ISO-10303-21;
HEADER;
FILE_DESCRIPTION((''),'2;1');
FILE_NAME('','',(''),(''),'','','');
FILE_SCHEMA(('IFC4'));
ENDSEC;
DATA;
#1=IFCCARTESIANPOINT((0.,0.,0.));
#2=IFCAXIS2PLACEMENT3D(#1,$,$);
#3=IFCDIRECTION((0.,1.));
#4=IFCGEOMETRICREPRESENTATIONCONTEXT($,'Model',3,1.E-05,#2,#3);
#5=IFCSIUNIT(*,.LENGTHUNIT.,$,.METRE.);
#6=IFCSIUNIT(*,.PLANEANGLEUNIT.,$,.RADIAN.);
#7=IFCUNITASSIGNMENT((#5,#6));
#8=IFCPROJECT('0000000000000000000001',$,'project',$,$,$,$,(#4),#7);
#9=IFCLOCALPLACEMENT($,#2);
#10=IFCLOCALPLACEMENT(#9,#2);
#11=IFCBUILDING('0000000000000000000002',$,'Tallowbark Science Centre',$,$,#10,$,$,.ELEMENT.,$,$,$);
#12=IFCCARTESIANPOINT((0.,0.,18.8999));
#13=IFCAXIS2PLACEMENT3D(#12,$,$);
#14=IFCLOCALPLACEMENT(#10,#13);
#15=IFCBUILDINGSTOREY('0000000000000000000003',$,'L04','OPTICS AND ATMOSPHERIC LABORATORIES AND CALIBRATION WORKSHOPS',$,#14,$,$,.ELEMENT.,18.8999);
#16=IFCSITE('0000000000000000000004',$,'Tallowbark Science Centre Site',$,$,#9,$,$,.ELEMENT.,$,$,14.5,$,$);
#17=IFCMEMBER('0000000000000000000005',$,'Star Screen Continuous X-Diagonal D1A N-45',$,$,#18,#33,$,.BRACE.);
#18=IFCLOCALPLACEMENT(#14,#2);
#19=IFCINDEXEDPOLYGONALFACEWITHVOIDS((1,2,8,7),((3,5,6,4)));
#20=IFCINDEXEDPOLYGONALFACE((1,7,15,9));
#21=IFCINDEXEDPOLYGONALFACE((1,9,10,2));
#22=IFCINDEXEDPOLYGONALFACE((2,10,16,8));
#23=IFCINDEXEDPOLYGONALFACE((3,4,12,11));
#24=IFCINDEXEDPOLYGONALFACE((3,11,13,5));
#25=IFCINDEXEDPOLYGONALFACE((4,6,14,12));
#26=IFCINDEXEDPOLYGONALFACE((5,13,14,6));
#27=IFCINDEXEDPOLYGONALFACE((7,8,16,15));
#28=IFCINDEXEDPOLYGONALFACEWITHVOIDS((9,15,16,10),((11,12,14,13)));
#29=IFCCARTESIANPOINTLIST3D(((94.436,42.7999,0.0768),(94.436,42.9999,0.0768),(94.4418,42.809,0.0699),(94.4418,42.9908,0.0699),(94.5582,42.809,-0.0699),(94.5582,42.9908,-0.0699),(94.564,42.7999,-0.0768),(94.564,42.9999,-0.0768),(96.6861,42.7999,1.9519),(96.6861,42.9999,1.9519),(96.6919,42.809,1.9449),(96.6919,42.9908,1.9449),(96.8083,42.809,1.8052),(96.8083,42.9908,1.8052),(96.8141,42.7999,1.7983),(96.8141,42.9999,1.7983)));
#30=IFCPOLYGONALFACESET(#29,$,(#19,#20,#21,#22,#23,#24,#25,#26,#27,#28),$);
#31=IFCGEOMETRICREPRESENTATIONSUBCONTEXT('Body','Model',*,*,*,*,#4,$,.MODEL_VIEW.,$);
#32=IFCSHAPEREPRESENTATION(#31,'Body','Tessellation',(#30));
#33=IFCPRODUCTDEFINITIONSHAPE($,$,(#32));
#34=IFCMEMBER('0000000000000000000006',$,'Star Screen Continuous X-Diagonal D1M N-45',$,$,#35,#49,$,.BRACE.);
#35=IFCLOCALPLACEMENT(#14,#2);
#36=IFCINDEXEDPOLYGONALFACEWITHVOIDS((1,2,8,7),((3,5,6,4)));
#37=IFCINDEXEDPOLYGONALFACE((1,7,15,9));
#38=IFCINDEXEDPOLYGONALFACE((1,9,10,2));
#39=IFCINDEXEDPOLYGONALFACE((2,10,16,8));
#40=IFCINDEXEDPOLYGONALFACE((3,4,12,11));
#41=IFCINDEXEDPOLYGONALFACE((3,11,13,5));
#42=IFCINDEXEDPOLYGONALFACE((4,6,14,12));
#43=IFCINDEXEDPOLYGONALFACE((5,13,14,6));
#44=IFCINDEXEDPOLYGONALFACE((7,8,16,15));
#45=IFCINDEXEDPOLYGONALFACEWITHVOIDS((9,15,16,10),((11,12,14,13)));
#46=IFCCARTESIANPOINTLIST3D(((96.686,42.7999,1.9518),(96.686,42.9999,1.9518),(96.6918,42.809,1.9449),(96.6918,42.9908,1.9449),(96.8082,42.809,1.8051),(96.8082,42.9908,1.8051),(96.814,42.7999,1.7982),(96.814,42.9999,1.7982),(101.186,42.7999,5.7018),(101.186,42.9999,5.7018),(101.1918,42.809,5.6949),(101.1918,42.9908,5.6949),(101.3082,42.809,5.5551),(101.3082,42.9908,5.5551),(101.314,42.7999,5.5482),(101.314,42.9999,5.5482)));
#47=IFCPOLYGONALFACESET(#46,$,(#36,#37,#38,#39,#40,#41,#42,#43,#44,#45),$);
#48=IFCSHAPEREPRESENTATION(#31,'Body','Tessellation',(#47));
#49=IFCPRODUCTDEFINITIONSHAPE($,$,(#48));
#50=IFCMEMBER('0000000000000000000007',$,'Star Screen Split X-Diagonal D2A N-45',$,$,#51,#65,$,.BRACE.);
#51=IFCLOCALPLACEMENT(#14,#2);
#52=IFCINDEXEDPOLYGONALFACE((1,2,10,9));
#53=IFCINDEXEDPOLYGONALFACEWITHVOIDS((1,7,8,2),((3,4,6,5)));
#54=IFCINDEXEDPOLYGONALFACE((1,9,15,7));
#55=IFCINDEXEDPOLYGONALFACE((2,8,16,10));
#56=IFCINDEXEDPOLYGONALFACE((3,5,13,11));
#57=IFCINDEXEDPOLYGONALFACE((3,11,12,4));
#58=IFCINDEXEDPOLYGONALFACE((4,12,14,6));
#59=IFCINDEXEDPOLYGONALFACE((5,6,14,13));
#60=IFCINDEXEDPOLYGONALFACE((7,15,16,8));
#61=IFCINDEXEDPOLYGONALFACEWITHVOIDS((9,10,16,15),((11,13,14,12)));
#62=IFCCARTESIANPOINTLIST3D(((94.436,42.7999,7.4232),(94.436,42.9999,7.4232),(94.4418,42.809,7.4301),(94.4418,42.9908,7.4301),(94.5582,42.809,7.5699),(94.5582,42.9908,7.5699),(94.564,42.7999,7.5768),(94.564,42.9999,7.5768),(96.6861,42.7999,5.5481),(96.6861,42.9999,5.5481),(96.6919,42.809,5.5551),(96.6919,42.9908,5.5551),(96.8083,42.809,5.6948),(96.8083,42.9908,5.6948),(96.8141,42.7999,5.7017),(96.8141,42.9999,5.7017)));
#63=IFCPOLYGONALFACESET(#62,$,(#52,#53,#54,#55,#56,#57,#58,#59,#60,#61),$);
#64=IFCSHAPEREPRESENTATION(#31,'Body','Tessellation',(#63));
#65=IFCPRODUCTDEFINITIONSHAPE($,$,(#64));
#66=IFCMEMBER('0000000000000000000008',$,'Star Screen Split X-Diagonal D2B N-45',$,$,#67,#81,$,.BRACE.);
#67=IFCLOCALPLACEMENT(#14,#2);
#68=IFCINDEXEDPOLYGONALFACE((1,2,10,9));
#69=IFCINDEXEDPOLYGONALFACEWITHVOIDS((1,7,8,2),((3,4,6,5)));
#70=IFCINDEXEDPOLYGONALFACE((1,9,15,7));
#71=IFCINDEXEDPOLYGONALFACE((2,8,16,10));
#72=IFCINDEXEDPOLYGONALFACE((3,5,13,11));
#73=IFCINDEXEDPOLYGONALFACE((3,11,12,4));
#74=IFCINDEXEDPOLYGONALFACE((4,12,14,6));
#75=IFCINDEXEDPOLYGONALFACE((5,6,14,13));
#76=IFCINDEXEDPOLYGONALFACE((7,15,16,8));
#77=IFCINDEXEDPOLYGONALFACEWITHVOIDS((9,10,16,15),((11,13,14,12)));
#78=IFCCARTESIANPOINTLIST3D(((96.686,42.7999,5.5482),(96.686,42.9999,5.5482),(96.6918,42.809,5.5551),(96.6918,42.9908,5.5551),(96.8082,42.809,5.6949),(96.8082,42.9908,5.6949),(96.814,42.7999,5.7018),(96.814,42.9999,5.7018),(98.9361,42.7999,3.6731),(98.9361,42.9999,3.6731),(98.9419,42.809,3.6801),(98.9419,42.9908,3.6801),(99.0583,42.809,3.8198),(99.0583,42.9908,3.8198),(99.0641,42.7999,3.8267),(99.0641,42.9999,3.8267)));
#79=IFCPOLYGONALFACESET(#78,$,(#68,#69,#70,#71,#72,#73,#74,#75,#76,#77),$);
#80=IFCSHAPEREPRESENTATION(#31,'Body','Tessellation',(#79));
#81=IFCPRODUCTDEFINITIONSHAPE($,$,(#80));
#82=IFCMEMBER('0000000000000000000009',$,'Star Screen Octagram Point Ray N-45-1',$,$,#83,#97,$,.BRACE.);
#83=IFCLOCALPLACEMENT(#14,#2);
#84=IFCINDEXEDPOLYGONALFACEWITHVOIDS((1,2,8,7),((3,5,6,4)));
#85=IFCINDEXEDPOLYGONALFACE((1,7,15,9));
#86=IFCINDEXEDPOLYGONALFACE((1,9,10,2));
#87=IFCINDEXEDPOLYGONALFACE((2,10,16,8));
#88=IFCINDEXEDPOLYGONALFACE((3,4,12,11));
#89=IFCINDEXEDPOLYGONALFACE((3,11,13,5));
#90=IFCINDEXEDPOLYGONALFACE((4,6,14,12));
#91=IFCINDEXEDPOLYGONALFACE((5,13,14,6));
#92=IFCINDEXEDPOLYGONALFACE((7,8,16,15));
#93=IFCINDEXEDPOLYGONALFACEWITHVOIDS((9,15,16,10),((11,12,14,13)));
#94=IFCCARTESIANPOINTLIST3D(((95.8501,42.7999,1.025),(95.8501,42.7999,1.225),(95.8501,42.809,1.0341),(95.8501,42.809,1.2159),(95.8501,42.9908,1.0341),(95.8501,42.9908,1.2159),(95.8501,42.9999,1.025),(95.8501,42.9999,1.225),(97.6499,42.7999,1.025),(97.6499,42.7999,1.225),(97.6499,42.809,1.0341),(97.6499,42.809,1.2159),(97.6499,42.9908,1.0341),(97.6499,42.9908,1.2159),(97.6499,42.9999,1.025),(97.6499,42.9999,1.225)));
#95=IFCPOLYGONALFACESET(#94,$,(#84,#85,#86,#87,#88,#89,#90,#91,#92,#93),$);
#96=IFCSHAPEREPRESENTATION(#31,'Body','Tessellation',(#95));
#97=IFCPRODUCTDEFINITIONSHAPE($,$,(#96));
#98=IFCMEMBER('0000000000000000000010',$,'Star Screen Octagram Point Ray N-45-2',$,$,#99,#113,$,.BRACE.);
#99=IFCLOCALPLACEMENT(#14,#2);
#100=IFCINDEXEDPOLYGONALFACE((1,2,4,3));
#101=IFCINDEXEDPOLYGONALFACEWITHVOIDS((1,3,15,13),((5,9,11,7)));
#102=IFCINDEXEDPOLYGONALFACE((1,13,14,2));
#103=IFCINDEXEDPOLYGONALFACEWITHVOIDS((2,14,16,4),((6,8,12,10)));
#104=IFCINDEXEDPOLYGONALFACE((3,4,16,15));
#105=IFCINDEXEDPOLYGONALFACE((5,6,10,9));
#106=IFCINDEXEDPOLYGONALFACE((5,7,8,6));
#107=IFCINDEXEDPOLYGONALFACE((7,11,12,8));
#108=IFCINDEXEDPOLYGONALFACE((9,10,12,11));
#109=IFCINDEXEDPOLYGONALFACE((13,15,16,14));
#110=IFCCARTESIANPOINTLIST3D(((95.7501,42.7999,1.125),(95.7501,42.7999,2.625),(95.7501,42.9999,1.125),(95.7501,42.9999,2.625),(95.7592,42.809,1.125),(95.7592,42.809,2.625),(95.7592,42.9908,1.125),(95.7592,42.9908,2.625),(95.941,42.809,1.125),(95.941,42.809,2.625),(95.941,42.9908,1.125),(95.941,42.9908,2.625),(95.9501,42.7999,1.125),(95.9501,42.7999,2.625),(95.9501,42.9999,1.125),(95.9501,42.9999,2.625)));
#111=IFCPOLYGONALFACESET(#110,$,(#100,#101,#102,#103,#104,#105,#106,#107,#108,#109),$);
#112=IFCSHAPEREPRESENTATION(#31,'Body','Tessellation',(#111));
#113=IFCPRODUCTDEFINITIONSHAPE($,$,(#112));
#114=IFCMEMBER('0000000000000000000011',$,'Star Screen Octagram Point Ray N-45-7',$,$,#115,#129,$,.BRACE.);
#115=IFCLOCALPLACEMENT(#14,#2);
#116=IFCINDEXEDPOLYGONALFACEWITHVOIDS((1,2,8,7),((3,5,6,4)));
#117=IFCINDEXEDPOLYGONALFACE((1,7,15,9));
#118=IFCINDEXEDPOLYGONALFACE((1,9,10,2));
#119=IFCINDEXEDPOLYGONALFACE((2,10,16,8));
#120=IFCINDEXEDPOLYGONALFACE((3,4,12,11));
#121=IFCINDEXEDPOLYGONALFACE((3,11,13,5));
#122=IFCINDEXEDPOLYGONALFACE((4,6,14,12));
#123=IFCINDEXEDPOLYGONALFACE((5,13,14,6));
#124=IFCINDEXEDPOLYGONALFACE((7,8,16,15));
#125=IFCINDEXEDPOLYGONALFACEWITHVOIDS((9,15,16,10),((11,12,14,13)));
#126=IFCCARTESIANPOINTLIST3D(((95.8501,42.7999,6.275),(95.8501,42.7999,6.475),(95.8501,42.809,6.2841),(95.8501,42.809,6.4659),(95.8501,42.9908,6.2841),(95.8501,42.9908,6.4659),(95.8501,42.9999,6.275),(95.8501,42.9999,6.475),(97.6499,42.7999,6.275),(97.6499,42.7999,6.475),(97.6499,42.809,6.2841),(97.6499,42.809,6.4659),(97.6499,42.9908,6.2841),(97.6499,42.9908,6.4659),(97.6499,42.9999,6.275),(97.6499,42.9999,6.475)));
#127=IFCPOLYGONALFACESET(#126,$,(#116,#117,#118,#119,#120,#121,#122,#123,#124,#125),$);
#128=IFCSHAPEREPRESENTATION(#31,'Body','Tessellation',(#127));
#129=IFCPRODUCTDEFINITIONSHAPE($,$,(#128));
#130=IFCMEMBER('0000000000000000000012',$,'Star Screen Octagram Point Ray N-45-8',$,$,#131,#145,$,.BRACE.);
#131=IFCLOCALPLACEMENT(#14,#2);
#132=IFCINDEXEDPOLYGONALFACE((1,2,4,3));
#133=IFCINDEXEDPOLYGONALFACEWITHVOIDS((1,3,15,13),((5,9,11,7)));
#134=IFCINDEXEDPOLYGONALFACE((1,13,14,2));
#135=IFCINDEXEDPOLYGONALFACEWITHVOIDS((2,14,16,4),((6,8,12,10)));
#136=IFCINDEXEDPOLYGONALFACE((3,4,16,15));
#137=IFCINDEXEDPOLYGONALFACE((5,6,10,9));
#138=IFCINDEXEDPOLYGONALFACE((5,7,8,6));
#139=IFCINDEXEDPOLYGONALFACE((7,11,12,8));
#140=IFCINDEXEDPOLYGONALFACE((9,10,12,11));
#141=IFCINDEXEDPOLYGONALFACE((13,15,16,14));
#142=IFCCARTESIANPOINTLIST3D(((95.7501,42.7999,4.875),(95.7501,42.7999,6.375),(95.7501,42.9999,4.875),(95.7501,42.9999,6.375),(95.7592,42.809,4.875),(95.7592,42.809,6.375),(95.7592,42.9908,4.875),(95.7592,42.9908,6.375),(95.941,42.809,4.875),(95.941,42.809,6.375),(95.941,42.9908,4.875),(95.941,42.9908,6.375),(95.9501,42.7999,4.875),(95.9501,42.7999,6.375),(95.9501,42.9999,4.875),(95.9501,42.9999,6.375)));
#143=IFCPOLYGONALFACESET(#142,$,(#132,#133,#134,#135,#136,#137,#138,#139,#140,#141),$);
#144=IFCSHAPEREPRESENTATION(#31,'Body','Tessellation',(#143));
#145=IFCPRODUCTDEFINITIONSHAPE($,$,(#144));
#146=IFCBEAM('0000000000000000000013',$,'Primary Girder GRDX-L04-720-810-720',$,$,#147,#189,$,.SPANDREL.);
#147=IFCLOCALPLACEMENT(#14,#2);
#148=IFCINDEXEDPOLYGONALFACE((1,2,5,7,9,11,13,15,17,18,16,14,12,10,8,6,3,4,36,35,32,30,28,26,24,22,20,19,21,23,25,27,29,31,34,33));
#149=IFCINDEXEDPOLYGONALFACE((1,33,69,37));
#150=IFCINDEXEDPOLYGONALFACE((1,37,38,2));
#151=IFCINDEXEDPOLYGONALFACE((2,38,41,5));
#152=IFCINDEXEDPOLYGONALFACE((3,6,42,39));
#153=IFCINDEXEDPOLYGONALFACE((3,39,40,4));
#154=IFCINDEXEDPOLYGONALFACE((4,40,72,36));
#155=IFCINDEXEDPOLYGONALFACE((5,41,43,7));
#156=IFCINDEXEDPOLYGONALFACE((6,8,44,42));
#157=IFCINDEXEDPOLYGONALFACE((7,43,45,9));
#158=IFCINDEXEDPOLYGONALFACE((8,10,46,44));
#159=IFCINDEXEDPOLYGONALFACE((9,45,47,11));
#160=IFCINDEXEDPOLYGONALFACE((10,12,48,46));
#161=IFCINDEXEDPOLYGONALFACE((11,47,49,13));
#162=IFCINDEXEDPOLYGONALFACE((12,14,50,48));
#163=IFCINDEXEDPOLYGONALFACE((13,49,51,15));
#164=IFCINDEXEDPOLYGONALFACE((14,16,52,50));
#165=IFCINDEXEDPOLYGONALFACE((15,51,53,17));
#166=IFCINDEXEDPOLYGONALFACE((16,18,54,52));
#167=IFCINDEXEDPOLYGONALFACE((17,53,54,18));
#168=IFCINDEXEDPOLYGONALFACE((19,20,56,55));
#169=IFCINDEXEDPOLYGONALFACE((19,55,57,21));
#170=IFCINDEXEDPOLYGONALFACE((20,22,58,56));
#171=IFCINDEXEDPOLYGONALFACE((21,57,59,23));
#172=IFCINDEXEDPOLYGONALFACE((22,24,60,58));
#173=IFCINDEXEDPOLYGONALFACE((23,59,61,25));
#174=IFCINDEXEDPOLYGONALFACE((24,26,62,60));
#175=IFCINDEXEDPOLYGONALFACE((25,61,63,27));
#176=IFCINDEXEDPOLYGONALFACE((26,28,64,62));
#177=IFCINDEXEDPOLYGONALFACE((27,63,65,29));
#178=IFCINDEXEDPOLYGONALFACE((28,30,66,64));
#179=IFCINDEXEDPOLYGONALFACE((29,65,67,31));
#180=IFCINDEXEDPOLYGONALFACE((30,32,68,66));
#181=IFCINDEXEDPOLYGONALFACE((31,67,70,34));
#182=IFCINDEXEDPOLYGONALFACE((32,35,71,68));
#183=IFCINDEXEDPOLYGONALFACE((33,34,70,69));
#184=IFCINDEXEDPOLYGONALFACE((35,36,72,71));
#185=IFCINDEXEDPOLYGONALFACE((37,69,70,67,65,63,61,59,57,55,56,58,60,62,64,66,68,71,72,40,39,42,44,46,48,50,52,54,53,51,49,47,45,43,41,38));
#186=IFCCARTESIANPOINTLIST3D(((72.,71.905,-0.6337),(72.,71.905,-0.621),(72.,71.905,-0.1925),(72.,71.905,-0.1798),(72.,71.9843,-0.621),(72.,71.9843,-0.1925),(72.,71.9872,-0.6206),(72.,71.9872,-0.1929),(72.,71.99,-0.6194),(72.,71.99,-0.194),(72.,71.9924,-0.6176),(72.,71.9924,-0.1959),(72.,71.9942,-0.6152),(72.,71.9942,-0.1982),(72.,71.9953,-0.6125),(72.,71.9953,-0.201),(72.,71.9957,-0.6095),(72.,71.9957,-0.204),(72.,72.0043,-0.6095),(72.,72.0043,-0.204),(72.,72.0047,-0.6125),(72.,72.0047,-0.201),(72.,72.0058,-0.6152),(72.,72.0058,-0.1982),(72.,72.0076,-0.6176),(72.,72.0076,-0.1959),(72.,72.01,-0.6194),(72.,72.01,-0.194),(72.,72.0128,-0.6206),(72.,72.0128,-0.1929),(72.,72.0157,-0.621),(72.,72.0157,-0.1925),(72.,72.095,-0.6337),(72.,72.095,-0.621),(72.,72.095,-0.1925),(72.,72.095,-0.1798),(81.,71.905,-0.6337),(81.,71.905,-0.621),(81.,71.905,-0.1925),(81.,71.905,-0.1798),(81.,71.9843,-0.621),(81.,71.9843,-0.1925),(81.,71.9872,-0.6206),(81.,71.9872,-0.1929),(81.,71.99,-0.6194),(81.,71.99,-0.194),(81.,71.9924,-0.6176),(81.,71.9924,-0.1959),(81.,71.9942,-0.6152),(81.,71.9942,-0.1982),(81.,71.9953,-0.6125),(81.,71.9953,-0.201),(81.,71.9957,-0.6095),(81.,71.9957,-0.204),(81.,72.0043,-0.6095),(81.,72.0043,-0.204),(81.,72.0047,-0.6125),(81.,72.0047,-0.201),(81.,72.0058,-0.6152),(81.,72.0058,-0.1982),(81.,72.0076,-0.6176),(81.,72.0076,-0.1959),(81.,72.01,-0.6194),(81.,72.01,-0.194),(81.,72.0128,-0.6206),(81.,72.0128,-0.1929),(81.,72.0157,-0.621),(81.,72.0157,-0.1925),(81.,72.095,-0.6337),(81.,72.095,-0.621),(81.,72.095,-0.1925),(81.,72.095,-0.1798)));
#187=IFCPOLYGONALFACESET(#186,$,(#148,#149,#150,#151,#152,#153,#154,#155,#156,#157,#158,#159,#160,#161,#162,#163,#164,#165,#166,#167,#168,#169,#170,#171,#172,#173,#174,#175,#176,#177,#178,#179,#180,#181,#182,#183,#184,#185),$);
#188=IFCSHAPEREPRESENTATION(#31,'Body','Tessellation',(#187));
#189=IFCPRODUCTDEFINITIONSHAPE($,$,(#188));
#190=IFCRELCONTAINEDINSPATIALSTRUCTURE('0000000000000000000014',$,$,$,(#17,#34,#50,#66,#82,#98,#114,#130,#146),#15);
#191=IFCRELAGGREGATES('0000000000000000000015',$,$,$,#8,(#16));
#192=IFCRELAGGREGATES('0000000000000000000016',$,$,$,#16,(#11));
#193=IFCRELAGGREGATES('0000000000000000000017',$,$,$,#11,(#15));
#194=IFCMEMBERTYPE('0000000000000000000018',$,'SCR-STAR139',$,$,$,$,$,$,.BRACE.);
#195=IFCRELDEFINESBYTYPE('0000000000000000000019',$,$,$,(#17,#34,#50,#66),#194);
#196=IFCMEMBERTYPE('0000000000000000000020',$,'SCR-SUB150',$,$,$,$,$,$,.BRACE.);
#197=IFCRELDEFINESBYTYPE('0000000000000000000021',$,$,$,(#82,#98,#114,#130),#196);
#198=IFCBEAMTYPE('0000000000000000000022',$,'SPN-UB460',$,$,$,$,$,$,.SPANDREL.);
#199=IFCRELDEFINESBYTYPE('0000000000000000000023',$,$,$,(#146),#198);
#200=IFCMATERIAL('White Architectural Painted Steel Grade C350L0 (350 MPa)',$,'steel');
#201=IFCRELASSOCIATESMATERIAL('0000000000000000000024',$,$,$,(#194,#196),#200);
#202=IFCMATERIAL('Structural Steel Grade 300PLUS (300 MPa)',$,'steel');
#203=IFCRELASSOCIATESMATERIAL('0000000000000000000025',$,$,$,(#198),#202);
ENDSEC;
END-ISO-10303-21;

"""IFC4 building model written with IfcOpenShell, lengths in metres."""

from ifc_helpers import new_model, si_unit, direction, frame, origin, origin_2d, place, context, subcontext, project, spatial, hollow_rectangle, i_section, extrude, material, material_profile, profile_set, type_object, element, save


model = new_model("IFC4")

# Units and contexts
model_context = context("Model", 3, precision=1e-05, world=origin(), true_north=direction((0.0, 1.0)))
body_context = subcontext(model_context, "Body", "Model", "MODEL_VIEW")
ifc_project = project(units=[si_unit("LENGTHUNIT", "METRE"), si_unit("PLANEANGLEUNIT", "RADIAN")], contexts=[model_context])

# Site, building, storey
site_placement = place(None, origin())
site = spatial("IfcSite", under=ifc_project, at=site_placement, Name="Tallowbark Science Centre Site", CompositionType="ELEMENT", RefElevation=14.5)
building_placement = place(site_placement, origin())
building = spatial("IfcBuilding", under=site, at=building_placement, Name="Tallowbark Science Centre", CompositionType="ELEMENT")
storey_placement = place(building_placement, frame((0.0, 0.0, 18.8999)))
storey = spatial("IfcBuildingStorey", under=building, at=storey_placement, Name="L04", Description="OPTICS AND ATMOSPHERIC LABORATORIES AND CALIBRATION WORKSHOPS", CompositionType="ELEMENT", Elevation=18.8999)

# Shared definitions
ifc_material_1 = material(Name="White Architectural Painted Steel Grade C350L0 (350 MPa)", Category="steel")

# Shared definitions
ifc_material_2 = material(Name="Structural Steel Grade 300PLUS (300 MPa)", Category="steel")

# Members
ifc_material_profile_1 = material_profile(ifc_material_1, hollow_rectangle(XDim=0.2, YDim=0.2, WallThickness=0.009, at=origin_2d()), Name="200x200x9.0SHS")
ifc_profile_set_1 = profile_set([ifc_material_profile_1], Name="White Architectural Painted Steel Grade C350L0 (350 MPa)")
member_type_1 = type_object("IfcMemberType", Name="SCR-STAR139", PredefinedType="BRACE", material=ifc_profile_set_1)
member_1_placement = place(storey_placement, frame((94.5, 42.8999, 0.0), z_axis=(0.768221, 0.0, 0.640184), x_axis=(0.0, 1.0, 0.0)))
element("IfcMember", 1, at=member_1_placement, inside=storey, type_object=member_type_1, Name="Star Screen Continuous X-Diagonal D1A N-45", PredefinedType="BRACE", context=body_context, shape_type="SweptSolid", body=[
    extrude(hollow_rectangle(XDim=0.2, YDim=0.2, WallThickness=0.009, at=origin_2d()), origin(), (0.0, 0.0, 1.0), 2.929),
])
member_2_placement = place(storey_placement, frame((96.75, 42.8999, 1.875), z_axis=(0.768221, 0.0, 0.640184), x_axis=(0.0, 1.0, 0.0)))
element("IfcMember", 2, at=member_2_placement, inside=storey, type_object=member_type_1, Name="Star Screen Continuous X-Diagonal D1M N-45", PredefinedType="BRACE", context=body_context, shape_type="SweptSolid", body=[
    extrude(hollow_rectangle(XDim=0.2, YDim=0.2, WallThickness=0.009, at=origin_2d()), origin(), (0.0, 0.0, 1.0), 5.8577),
])
for number, where, z_axis, x_axis, name in (
    (3, (94.5, 42.8999, 7.5), (0.768221, 0.0, -0.640184), (0.0, 1.0, 0.0), "Star Screen Split X-Diagonal D2A N-45"),
    (4, (96.75, 42.8999, 5.625), (0.768221, 0.0, -0.640184), (0.0, 1.0, 0.0), "Star Screen Split X-Diagonal D2B N-45"),
):
    element("IfcMember", number, at=place(storey_placement, frame(where, z_axis=z_axis, x_axis=x_axis)), inside=storey, type_object=member_type_1, Name=name, PredefinedType="BRACE", context=body_context, shape_type="SweptSolid", body=[
        extrude(hollow_rectangle(XDim=0.2, YDim=0.2, WallThickness=0.009, at=origin_2d()), origin(), (0.0, 0.0, 1.0), 2.929),
    ])
ifc_material_profile_2 = material_profile(ifc_material_1, hollow_rectangle(XDim=0.2, YDim=0.2, WallThickness=0.009, at=origin_2d()), Name="200x200x9.0SHS")
ifc_profile_set_2 = profile_set([ifc_material_profile_2], Name="White Architectural Painted Steel Grade C350L0 (350 MPa)")
member_type_2 = type_object("IfcMemberType", Name="SCR-SUB150", PredefinedType="BRACE", material=ifc_profile_set_2)
member_3_placement = place(storey_placement, frame((95.8501, 42.8999, 1.125), z_axis=(1.0, 0.0, 0.0), x_axis=(0.0, 1.0, 0.0)))
element("IfcMember", 5, at=member_3_placement, inside=storey, type_object=member_type_2, Name="Star Screen Octagram Point Ray N-45-1", PredefinedType="BRACE", context=body_context, shape_type="SweptSolid", body=[
    extrude(hollow_rectangle(XDim=0.2, YDim=0.2, WallThickness=0.009, at=origin_2d()), origin(), (0.0, 0.0, 1.0), 1.7998),
])
member_4_placement = place(storey_placement, frame((95.8501, 42.8999, 1.125), z_axis=(0.0, 0.0, 1.0), x_axis=(1.0, 0.0, 0.0)))
element("IfcMember", 6, at=member_4_placement, inside=storey, type_object=member_type_2, Name="Star Screen Octagram Point Ray N-45-2", PredefinedType="BRACE", context=body_context, shape_type="SweptSolid", body=[
    extrude(hollow_rectangle(XDim=0.2, YDim=0.2, WallThickness=0.009, at=origin_2d()), origin(), (0.0, 0.0, 1.0), 1.5),
])
member_5_placement = place(storey_placement, frame((95.8501, 42.8999, 6.375), z_axis=(1.0, 0.0, 0.0), x_axis=(0.0, 1.0, 0.0)))
element("IfcMember", 7, at=member_5_placement, inside=storey, type_object=member_type_2, Name="Star Screen Octagram Point Ray N-45-7", PredefinedType="BRACE", context=body_context, shape_type="SweptSolid", body=[
    extrude(hollow_rectangle(XDim=0.2, YDim=0.2, WallThickness=0.009, at=origin_2d()), origin(), (0.0, 0.0, 1.0), 1.7998),
])
member_6_placement = place(storey_placement, frame((95.8501, 42.8999, 6.375), z_axis=(0.0, 0.0, -1.0), x_axis=(1.0, 0.0, 0.0)))
element("IfcMember", 8, at=member_6_placement, inside=storey, type_object=member_type_2, Name="Star Screen Octagram Point Ray N-45-8", PredefinedType="BRACE", context=body_context, shape_type="SweptSolid", body=[
    extrude(hollow_rectangle(XDim=0.2, YDim=0.2, WallThickness=0.009, at=origin_2d()), origin(), (0.0, 0.0, 1.0), 1.5),
])

# Beam
ifc_material_profile_3 = material_profile(ifc_material_2, i_section(OverallWidth=0.1899, OverallDepth=0.4539, WebThickness=0.0085, FlangeThickness=0.0127, FilletRadius=0.0115, at=origin_2d()), Name="460UB67.1")
ifc_profile_set_3 = profile_set([ifc_material_profile_3], Name="Structural Steel Grade 300PLUS (300 MPa)")
beam_type_1 = type_object("IfcBeamType", Name="SPN-UB460", PredefinedType="SPANDREL", material=ifc_profile_set_3)
for number, where, z_axis, x_axis, name in (
    (9, (72.0, 72.0, -0.4067), (1.0, 0.0, 0.0), (0.0, 1.0, 0.0), "Primary Girder GRDX-L04-720-810-720"),
):
    element("IfcBeam", number, at=place(storey_placement, frame(where, z_axis=z_axis, x_axis=x_axis)), inside=storey, type_object=beam_type_1, Name=name, PredefinedType="SPANDREL", context=body_context, shape_type="SweptSolid", body=[
        extrude(i_section(OverallWidth=0.1899, OverallDepth=0.4539, WebThickness=0.0085, FlangeThickness=0.0127, FilletRadius=0.0115, at=origin_2d()), origin(), (0.0, 0.0, 1.0), 9.0),
    ])

save(model, "model.ifc")
